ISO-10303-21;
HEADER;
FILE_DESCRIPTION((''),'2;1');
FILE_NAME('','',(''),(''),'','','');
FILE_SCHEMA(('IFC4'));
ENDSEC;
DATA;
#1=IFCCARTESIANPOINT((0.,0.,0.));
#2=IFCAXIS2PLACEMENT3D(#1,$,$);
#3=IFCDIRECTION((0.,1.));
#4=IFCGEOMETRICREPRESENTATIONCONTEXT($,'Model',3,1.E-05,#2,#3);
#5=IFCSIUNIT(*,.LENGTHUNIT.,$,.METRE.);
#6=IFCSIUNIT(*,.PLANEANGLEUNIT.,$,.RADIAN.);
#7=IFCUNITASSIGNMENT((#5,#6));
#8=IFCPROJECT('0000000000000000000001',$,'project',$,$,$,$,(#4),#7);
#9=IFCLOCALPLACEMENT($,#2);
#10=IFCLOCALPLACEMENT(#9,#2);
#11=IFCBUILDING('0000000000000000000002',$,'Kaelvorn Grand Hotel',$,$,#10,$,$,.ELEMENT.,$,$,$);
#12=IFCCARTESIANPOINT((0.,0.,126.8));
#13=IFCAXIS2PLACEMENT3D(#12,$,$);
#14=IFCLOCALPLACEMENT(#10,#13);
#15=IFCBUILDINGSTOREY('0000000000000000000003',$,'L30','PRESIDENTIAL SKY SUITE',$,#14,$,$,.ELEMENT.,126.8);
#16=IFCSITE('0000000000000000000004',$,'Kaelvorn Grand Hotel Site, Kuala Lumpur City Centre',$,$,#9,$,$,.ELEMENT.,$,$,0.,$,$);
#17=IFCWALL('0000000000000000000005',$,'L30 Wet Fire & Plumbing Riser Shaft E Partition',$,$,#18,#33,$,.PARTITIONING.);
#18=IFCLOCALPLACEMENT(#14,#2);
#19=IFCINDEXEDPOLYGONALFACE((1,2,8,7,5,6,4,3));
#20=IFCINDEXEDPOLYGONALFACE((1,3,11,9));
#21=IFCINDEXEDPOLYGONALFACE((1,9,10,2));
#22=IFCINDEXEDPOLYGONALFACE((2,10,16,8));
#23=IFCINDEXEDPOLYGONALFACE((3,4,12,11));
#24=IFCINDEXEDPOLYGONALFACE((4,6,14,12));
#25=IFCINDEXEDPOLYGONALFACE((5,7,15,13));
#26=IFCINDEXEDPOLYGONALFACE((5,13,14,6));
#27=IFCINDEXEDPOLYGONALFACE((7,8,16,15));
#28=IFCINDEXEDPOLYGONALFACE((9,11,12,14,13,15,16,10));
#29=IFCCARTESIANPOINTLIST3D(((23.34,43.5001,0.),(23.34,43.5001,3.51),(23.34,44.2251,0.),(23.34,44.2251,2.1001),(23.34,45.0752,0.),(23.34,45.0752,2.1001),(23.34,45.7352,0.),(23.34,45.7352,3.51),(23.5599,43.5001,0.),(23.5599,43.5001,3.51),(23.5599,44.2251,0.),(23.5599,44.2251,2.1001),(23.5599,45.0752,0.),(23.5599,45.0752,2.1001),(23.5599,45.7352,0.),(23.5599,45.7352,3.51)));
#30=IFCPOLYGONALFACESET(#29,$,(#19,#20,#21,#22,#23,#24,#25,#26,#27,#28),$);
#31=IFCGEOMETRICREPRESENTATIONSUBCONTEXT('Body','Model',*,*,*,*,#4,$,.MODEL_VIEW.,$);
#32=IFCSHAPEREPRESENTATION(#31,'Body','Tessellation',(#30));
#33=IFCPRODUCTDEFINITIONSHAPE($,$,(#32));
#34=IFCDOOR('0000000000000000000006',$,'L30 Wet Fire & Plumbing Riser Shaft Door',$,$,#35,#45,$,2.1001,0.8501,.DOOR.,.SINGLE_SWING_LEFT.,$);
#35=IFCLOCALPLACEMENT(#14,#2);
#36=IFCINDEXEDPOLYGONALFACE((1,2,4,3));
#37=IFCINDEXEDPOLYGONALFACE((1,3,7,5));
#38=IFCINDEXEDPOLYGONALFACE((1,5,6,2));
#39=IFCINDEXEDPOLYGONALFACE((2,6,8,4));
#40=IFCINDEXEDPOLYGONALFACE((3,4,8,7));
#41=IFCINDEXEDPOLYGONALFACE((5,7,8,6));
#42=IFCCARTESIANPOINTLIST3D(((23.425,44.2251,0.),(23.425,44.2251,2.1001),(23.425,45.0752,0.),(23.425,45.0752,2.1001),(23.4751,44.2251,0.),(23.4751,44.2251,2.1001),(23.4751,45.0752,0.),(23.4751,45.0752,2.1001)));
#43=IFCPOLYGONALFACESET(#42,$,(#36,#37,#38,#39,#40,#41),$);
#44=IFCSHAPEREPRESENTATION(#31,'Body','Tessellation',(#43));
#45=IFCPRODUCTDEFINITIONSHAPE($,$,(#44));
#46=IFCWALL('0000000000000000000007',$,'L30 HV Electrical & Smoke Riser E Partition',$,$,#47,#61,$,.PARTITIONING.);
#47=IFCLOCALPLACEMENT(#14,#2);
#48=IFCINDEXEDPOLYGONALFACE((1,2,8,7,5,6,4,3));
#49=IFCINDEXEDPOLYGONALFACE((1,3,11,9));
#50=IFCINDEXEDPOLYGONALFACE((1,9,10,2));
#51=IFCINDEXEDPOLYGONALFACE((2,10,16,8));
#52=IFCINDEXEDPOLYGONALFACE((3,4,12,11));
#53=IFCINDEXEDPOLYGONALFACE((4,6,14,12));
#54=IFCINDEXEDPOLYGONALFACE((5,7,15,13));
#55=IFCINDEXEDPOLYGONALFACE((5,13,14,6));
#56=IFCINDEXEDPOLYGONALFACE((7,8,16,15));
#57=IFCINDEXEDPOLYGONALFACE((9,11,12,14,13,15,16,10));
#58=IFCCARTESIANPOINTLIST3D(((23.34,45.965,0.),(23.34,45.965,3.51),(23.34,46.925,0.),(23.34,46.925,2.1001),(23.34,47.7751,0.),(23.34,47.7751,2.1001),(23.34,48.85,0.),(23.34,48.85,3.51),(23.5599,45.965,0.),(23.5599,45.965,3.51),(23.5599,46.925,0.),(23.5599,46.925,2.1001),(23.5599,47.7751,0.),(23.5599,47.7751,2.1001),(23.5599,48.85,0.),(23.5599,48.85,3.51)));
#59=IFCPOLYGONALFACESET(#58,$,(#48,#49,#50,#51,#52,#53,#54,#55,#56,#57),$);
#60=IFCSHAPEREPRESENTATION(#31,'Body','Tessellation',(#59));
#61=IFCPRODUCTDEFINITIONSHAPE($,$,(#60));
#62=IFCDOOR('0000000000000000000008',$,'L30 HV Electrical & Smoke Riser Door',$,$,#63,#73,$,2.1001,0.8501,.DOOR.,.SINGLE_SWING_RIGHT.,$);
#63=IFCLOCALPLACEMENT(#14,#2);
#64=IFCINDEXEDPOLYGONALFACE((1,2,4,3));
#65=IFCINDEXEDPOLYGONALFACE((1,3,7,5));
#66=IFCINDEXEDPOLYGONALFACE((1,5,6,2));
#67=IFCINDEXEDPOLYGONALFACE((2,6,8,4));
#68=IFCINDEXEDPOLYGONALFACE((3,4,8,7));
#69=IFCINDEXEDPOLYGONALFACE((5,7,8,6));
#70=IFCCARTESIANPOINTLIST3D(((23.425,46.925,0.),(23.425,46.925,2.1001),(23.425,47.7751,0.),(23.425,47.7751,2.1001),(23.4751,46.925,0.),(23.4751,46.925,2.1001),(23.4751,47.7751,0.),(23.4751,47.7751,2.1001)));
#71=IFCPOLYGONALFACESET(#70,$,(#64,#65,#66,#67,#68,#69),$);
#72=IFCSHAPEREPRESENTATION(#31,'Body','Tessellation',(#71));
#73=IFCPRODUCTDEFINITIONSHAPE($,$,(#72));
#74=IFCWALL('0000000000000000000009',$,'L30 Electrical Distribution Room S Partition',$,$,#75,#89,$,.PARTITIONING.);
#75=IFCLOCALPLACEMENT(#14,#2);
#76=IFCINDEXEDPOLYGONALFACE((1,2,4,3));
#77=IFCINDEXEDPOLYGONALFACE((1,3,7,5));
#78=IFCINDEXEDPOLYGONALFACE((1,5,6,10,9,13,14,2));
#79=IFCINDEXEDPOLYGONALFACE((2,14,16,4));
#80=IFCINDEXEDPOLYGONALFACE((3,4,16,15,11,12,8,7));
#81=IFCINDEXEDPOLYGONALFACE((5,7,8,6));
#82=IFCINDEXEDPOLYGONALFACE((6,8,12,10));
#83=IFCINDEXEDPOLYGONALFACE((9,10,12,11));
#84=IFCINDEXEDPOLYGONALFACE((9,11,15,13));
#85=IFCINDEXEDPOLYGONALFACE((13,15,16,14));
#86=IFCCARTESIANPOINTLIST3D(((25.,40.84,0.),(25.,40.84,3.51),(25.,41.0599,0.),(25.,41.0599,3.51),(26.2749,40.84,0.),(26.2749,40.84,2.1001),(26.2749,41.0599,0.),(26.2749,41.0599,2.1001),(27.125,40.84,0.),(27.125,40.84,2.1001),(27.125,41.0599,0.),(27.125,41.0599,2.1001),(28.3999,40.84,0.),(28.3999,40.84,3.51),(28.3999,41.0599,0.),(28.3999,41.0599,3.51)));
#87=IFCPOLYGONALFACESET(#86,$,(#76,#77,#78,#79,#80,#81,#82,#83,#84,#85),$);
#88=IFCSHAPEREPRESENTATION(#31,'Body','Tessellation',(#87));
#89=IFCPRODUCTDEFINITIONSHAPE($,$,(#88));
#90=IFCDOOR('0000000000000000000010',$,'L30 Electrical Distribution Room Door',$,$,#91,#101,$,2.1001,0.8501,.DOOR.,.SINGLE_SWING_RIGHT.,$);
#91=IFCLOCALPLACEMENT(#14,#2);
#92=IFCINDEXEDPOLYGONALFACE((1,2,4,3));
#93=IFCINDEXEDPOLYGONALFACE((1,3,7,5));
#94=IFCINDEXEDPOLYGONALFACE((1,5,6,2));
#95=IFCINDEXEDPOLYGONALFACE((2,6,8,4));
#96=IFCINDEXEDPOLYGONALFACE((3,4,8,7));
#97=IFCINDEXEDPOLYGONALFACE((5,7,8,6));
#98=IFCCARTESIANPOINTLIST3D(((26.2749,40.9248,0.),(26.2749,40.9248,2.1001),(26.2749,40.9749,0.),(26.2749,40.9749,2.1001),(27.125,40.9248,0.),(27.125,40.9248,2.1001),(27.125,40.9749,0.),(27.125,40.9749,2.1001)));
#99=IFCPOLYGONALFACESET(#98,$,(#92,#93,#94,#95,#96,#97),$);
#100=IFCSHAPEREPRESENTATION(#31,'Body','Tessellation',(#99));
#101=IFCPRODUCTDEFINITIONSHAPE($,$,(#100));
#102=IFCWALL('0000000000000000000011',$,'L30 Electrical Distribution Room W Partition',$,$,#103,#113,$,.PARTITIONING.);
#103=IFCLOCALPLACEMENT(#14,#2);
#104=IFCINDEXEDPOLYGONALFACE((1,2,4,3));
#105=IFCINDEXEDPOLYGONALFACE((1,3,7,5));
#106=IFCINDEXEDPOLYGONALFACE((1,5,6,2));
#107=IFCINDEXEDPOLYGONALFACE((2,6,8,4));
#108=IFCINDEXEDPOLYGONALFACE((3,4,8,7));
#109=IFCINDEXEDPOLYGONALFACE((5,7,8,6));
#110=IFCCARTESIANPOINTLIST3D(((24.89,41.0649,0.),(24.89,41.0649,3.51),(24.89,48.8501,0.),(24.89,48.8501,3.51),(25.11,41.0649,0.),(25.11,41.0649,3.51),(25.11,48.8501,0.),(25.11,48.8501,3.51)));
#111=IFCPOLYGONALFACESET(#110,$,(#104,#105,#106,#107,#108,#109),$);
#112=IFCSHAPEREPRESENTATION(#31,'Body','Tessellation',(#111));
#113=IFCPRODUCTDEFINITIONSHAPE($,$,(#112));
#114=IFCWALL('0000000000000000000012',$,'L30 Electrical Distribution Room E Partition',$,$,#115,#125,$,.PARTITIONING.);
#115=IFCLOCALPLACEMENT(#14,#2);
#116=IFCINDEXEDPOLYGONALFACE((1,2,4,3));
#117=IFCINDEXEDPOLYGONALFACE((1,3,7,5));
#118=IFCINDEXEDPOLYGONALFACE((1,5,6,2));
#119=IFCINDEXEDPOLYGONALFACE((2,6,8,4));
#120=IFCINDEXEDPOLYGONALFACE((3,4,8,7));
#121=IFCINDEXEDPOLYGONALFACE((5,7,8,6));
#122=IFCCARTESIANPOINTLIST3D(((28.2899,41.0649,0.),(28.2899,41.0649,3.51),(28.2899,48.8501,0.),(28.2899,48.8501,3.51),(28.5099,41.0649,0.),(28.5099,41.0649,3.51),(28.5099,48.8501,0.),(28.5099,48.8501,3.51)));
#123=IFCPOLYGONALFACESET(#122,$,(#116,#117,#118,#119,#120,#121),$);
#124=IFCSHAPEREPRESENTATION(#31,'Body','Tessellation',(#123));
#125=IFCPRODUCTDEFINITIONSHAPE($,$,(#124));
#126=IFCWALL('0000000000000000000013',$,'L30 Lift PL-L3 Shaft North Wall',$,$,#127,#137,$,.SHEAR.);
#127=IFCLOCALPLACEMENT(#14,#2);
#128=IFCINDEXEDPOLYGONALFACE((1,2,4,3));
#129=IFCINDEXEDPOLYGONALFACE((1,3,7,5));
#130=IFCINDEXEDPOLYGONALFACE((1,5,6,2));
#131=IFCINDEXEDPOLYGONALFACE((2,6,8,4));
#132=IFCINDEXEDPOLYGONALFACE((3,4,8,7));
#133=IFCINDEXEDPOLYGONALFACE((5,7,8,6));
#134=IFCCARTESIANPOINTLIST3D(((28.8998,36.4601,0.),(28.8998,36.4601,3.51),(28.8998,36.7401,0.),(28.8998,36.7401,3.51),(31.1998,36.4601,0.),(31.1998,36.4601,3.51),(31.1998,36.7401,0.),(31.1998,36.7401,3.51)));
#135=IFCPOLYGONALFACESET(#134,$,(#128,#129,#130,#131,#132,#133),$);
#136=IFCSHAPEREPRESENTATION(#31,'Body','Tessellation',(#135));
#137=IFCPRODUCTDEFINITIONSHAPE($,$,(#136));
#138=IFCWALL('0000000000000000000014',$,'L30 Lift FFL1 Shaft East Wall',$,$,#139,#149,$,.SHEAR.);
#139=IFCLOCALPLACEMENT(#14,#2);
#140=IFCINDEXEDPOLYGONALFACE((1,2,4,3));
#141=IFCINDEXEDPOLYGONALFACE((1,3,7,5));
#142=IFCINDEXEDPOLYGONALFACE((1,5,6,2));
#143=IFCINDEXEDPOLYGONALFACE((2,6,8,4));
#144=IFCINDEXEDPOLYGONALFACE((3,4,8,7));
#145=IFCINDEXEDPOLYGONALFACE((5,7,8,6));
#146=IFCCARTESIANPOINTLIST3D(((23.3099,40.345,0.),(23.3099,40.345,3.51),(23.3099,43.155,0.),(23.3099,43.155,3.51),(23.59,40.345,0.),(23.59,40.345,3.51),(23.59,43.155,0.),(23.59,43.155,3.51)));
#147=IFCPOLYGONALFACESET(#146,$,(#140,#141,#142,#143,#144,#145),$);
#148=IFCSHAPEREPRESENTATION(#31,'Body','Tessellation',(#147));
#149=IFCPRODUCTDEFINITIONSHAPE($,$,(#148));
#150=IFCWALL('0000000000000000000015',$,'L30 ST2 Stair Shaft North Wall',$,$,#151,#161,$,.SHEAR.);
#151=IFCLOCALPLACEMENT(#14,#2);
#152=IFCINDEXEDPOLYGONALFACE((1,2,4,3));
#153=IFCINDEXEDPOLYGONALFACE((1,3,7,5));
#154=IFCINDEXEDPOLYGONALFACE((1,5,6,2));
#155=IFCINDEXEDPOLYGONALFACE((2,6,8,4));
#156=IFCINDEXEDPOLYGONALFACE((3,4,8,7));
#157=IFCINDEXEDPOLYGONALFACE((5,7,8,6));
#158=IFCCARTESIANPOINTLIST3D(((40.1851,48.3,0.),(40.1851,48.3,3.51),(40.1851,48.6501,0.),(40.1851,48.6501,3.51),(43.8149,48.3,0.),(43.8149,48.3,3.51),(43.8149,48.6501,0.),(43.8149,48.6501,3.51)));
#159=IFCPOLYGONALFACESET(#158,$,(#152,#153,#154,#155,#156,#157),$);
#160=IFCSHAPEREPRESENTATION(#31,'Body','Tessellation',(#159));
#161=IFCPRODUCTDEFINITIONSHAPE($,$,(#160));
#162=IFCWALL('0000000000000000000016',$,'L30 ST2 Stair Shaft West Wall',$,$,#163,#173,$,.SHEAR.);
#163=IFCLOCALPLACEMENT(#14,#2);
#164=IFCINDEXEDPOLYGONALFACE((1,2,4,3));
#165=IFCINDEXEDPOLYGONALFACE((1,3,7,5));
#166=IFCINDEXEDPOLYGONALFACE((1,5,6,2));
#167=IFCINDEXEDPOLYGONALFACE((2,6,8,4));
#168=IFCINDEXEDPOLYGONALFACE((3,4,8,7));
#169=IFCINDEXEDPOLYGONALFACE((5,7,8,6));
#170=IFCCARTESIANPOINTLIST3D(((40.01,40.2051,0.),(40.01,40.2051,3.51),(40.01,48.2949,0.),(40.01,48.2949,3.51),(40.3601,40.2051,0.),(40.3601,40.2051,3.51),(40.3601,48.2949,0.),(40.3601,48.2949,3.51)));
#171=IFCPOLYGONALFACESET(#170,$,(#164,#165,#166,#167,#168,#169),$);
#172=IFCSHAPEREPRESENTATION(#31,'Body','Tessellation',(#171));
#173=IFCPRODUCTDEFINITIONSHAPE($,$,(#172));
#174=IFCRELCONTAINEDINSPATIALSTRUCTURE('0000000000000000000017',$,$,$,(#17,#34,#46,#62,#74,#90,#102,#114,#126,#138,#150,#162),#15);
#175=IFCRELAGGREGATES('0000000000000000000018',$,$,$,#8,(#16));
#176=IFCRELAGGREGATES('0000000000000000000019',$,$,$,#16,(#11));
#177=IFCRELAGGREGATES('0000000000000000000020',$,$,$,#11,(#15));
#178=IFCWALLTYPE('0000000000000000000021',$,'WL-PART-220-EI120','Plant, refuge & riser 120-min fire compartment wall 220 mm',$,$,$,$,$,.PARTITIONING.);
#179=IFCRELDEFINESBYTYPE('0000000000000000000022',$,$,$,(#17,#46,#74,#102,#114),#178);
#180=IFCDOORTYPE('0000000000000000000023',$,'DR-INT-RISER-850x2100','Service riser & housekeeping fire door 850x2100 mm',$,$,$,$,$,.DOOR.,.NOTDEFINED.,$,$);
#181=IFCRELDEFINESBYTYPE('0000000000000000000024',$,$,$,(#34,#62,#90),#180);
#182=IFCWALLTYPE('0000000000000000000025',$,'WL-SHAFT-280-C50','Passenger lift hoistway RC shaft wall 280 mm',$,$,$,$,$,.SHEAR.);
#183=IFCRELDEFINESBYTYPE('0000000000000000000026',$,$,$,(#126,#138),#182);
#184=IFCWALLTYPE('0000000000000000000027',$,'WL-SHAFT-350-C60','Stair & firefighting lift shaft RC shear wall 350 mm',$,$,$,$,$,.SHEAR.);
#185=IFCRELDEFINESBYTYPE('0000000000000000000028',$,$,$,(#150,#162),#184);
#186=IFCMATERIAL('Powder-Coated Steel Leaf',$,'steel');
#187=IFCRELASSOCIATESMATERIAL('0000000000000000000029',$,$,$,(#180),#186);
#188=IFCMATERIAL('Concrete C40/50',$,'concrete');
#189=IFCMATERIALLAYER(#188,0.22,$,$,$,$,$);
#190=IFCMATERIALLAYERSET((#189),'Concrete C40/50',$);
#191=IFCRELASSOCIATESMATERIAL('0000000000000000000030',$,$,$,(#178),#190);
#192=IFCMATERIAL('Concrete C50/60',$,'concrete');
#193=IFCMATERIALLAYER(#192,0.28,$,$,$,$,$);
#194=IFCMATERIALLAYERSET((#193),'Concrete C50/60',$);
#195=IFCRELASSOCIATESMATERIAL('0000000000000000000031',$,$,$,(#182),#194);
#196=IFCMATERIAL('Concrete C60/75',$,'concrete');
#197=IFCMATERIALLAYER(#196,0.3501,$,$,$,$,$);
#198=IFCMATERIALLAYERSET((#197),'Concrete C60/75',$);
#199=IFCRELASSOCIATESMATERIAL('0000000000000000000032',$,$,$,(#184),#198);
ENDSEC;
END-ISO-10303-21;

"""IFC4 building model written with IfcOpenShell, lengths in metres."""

from ifc_helpers import new_model, si_unit, direction, frame, frame_2d, origin, place, context, subcontext, project, spatial, rectangle, extrude, material, layer, layer_set, type_object, element, fill, save


model = new_model("IFC4")

# Units and contexts
model_context = context("Model", 3, precision=1e-05, world=origin(), true_north=direction((0.0, 1.0)))
body_context = subcontext(model_context, "Body", "Model", "MODEL_VIEW")
ifc_project = project(units=[si_unit("LENGTHUNIT", "METRE"), si_unit("PLANEANGLEUNIT", "RADIAN")], contexts=[model_context])

# Site, building, storey
site_placement = place(None, origin())
site = spatial("IfcSite", under=ifc_project, at=site_placement, Name="Kaelvorn Grand Hotel Site, Kuala Lumpur City Centre", CompositionType="ELEMENT", RefElevation=0.0)
building_placement = place(site_placement, origin())
building = spatial("IfcBuilding", under=site, at=building_placement, Name="Kaelvorn Grand Hotel", CompositionType="ELEMENT")
storey_placement = place(building_placement, frame((0.0, 0.0, 126.8)))
storey = spatial("IfcBuildingStorey", under=building, at=storey_placement, Name="L30", Description="PRESIDENTIAL SKY SUITE", CompositionType="ELEMENT", Elevation=126.8)

# Shared definitions
ifc_material_1 = material(Name="Concrete C60/75", Category="concrete")

# Shared definitions
ifc_material_2 = material(Name="Powder-Coated Steel Leaf", Category="steel")
door_type_1 = type_object("IfcDoorType", Name="DR-INT-RISER-850x2100", Description="Service riser & housekeeping fire door 850x2100 mm", OperationType="NOTDEFINED", PredefinedType="DOOR", material=ifc_material_2)

# Walls, openings, doors
ifc_material_3 = material(Name="Concrete C40/50", Category="concrete")
ifc_layer_1 = layer(ifc_material_3, 0.22)
ifc_layer_set_1 = layer_set([ifc_layer_1], Name="Concrete C40/50")
wall_type_1 = type_object("IfcWallType", Name="WL-PART-220-EI120", Description="Plant, refuge & riser 120-min fire compartment wall 220 mm", PredefinedType="PARTITIONING", material=ifc_layer_set_1)
wall_1_placement = place(storey_placement, frame((23.45, 43.5, 0.0), z_axis=(0.0, 0.0, 1.0), x_axis=(0.0, 1.0, 0.0)))
wall_1 = element("IfcWall", 1, at=wall_1_placement, inside=storey, type_object=wall_type_1, Name="L30 Wet Fire & Plumbing Riser Shaft E Partition", PredefinedType="PARTITIONING", context=body_context, shape_type="SweptSolid", body=[
    extrude(rectangle(XDim=2.2351, YDim=0.22, at=frame_2d((1.1177, 0.0))), origin(), (0.0, 0.0, 1.0), 3.51),
])
opening_1_placement = place(wall_1_placement, frame((0.7251, 0.0, 0.0)))
opening_1 = element("IfcOpeningElement", 2, at=opening_1_placement, cuts=wall_1, PredefinedType="OPENING", context=body_context, shape_type="SweptSolid", body=[
    extrude(rectangle(XDim=0.8501, YDim=2.1001, at=frame_2d((0.425, 1.05))), frame((0.0, 0.1201, 0.0), z_axis=(0.0, -1.0, 0.0), x_axis=(1.0, 0.0, 0.0)), (0.0, 0.0, 1.0), 0.24),
])
door_1_placement = place(opening_1_placement, origin())
door_1 = element("IfcDoor", 3, at=door_1_placement, inside=storey, type_object=door_type_1, Name="L30 Wet Fire & Plumbing Riser Shaft Door", OperationType="SINGLE_SWING_LEFT", OverallHeight=2.1001, OverallWidth=0.8501, PredefinedType="DOOR", context=body_context, shape_type="SweptSolid", body=[
    extrude(rectangle(XDim=0.8501, YDim=2.1001, at=frame_2d((0.425, 1.05))), frame((0.0, 0.0249, 0.0), z_axis=(0.0, -1.0, 0.0), x_axis=(1.0, 0.0, 0.0)), (0.0, 0.0, 1.0), 0.05),
])
fill(opening_1, door_1)
wall_2_placement = place(storey_placement, frame((23.45, 45.9651, 0.0), z_axis=(0.0, 0.0, 1.0), x_axis=(0.0, 1.0, 0.0)))
wall_2 = element("IfcWall", 4, at=wall_2_placement, inside=storey, type_object=wall_type_1, Name="L30 HV Electrical & Smoke Riser E Partition", PredefinedType="PARTITIONING", context=body_context, shape_type="SweptSolid", body=[
    extrude(rectangle(XDim=2.885, YDim=0.22, at=frame_2d((1.4424, 0.0))), origin(), (0.0, 0.0, 1.0), 3.51),
])
opening_2_placement = place(wall_2_placement, frame((0.96, 0.0, 0.0)))
opening_2 = element("IfcOpeningElement", 5, at=opening_2_placement, cuts=wall_2, PredefinedType="OPENING", context=body_context, shape_type="SweptSolid", body=[
    extrude(rectangle(XDim=0.8501, YDim=2.1001, at=frame_2d((0.425, 1.05))), frame((0.0, 0.1201, 0.0), z_axis=(0.0, -1.0, 0.0), x_axis=(1.0, 0.0, 0.0)), (0.0, 0.0, 1.0), 0.24),
])
door_2_placement = place(opening_2_placement, origin())
door_2 = element("IfcDoor", 6, at=door_2_placement, inside=storey, type_object=door_type_1, Name="L30 HV Electrical & Smoke Riser Door", OperationType="SINGLE_SWING_RIGHT", OverallHeight=2.1001, OverallWidth=0.8501, PredefinedType="DOOR", context=body_context, shape_type="SweptSolid", body=[
    extrude(rectangle(XDim=0.8501, YDim=2.1001, at=frame_2d((0.425, 1.05))), frame((0.0, 0.0249, 0.0), z_axis=(0.0, -1.0, 0.0), x_axis=(1.0, 0.0, 0.0)), (0.0, 0.0, 1.0), 0.05),
])
fill(opening_2, door_2)
wall_3_placement = place(storey_placement, frame((25.0, 40.95, 0.0), z_axis=(0.0, 0.0, 1.0), x_axis=(1.0, 0.0, 0.0)))
wall_3 = element("IfcWall", 7, at=wall_3_placement, inside=storey, type_object=wall_type_1, Name="L30 Electrical Distribution Room S Partition", PredefinedType="PARTITIONING", context=body_context, shape_type="SweptSolid", body=[
    extrude(rectangle(XDim=3.3999, YDim=0.22, at=frame_2d((1.7, 0.0))), origin(), (0.0, 0.0, 1.0), 3.51),
])
opening_3_placement = place(wall_3_placement, frame((1.2749, 0.0, 0.0)))
opening_3 = element("IfcOpeningElement", 8, at=opening_3_placement, cuts=wall_3, PredefinedType="OPENING", context=body_context, shape_type="SweptSolid", body=[
    extrude(rectangle(XDim=0.8501, YDim=2.1001, at=frame_2d((0.425, 1.05))), frame((0.0, 0.1201, 0.0), z_axis=(0.0, -1.0, 0.0), x_axis=(1.0, 0.0, 0.0)), (0.0, 0.0, 1.0), 0.24),
])
door_3_placement = place(opening_3_placement, origin())
door_3 = element("IfcDoor", 9, at=door_3_placement, inside=storey, type_object=door_type_1, Name="L30 Electrical Distribution Room Door", OperationType="SINGLE_SWING_RIGHT", OverallHeight=2.1001, OverallWidth=0.8501, PredefinedType="DOOR", context=body_context, shape_type="SweptSolid", body=[
    extrude(rectangle(XDim=0.8501, YDim=2.1001, at=frame_2d((0.425, 1.05))), frame((0.0, 0.0249, 0.0), z_axis=(0.0, -1.0, 0.0), x_axis=(1.0, 0.0, 0.0)), (0.0, 0.0, 1.0), 0.05),
])
fill(opening_3, door_3)

# Walls
for number, where, z_axis, x_axis, name in (
    (10, (25.0, 41.0649, 0.0), (0.0, 0.0, 1.0), (0.0, 1.0, 0.0), "L30 Electrical Distribution Room W Partition"),
    (11, (28.3999, 41.0649, 0.0), (0.0, 0.0, 1.0), (0.0, 1.0, 0.0), "L30 Electrical Distribution Room E Partition"),
):
    element("IfcWall", number, at=place(storey_placement, frame(where, z_axis=z_axis, x_axis=x_axis)), inside=storey, type_object=wall_type_1, Name=name, PredefinedType="PARTITIONING", context=body_context, shape_type="SweptSolid", body=[
        extrude(rectangle(XDim=7.7852, YDim=0.22, at=frame_2d((3.8926, 0.0))), origin(), (0.0, 0.0, 1.0), 3.51),
    ])
ifc_material_4 = material(Name="Concrete C50/60", Category="concrete")
ifc_layer_2 = layer(ifc_material_4, 0.28)
ifc_layer_set_2 = layer_set([ifc_layer_2], Name="Concrete C50/60")
wall_type_2 = type_object("IfcWallType", Name="WL-SHAFT-280-C50", Description="Passenger lift hoistway RC shaft wall 280 mm", PredefinedType="SHEAR", material=ifc_layer_set_2)
wall_4_placement = place(storey_placement, frame((28.8999, 36.6001, 0.0), z_axis=(0.0, 0.0, 1.0), x_axis=(1.0, 0.0, 0.0)))
element("IfcWall", 12, at=wall_4_placement, inside=storey, type_object=wall_type_2, Name="L30 Lift PL-L3 Shaft North Wall", PredefinedType="SHEAR", context=body_context, shape_type="SweptSolid", body=[
    extrude(rectangle(XDim=2.3, YDim=0.28, at=frame_2d((1.1499, 0.0))), origin(), (0.0, 0.0, 1.0), 3.51),
])
wall_5_placement = place(storey_placement, frame((23.45, 40.345, 0.0), z_axis=(0.0, 0.0, 1.0), x_axis=(0.0, 1.0, 0.0)))
element("IfcWall", 13, at=wall_5_placement, inside=storey, type_object=wall_type_2, Name="L30 Lift FFL1 Shaft East Wall", PredefinedType="SHEAR", context=body_context, shape_type="SweptSolid", body=[
    extrude(rectangle(XDim=2.8101, YDim=0.28, at=frame_2d((1.405, 0.0))), origin(), (0.0, 0.0, 1.0), 3.51),
])

# Shared definitions
ifc_layer_3 = layer(ifc_material_1, 0.3501)
ifc_layer_set_3 = layer_set([ifc_layer_3], Name="Concrete C60/75")
wall_type_3 = type_object("IfcWallType", Name="WL-SHAFT-350-C60", Description="Stair & firefighting lift shaft RC shear wall 350 mm", PredefinedType="SHEAR", material=ifc_layer_set_3)

# Walls
wall_6_placement = place(storey_placement, frame((40.1851, 48.4751, 0.0), z_axis=(0.0, 0.0, 1.0), x_axis=(1.0, 0.0, 0.0)))
element("IfcWall", 14, at=wall_6_placement, inside=storey, type_object=wall_type_3, Name="L30 ST2 Stair Shaft North Wall", PredefinedType="SHEAR", context=body_context, shape_type="SweptSolid", body=[
    extrude(rectangle(XDim=3.6299, YDim=0.3501, at=frame_2d((1.8149, 0.0))), origin(), (0.0, 0.0, 1.0), 3.51),
])
wall_7_placement = place(storey_placement, frame((40.1851, 40.2051, 0.0), z_axis=(0.0, 0.0, 1.0), x_axis=(0.0, 1.0, 0.0)))
element("IfcWall", 15, at=wall_7_placement, inside=storey, type_object=wall_type_3, Name="L30 ST2 Stair Shaft West Wall", PredefinedType="SHEAR", context=body_context, shape_type="SweptSolid", body=[
    extrude(rectangle(XDim=8.0898, YDim=0.3501, at=frame_2d((4.0449, 0.0))), origin(), (0.0, 0.0, 1.0), 3.51),
])

save(model, "model.ifc")
